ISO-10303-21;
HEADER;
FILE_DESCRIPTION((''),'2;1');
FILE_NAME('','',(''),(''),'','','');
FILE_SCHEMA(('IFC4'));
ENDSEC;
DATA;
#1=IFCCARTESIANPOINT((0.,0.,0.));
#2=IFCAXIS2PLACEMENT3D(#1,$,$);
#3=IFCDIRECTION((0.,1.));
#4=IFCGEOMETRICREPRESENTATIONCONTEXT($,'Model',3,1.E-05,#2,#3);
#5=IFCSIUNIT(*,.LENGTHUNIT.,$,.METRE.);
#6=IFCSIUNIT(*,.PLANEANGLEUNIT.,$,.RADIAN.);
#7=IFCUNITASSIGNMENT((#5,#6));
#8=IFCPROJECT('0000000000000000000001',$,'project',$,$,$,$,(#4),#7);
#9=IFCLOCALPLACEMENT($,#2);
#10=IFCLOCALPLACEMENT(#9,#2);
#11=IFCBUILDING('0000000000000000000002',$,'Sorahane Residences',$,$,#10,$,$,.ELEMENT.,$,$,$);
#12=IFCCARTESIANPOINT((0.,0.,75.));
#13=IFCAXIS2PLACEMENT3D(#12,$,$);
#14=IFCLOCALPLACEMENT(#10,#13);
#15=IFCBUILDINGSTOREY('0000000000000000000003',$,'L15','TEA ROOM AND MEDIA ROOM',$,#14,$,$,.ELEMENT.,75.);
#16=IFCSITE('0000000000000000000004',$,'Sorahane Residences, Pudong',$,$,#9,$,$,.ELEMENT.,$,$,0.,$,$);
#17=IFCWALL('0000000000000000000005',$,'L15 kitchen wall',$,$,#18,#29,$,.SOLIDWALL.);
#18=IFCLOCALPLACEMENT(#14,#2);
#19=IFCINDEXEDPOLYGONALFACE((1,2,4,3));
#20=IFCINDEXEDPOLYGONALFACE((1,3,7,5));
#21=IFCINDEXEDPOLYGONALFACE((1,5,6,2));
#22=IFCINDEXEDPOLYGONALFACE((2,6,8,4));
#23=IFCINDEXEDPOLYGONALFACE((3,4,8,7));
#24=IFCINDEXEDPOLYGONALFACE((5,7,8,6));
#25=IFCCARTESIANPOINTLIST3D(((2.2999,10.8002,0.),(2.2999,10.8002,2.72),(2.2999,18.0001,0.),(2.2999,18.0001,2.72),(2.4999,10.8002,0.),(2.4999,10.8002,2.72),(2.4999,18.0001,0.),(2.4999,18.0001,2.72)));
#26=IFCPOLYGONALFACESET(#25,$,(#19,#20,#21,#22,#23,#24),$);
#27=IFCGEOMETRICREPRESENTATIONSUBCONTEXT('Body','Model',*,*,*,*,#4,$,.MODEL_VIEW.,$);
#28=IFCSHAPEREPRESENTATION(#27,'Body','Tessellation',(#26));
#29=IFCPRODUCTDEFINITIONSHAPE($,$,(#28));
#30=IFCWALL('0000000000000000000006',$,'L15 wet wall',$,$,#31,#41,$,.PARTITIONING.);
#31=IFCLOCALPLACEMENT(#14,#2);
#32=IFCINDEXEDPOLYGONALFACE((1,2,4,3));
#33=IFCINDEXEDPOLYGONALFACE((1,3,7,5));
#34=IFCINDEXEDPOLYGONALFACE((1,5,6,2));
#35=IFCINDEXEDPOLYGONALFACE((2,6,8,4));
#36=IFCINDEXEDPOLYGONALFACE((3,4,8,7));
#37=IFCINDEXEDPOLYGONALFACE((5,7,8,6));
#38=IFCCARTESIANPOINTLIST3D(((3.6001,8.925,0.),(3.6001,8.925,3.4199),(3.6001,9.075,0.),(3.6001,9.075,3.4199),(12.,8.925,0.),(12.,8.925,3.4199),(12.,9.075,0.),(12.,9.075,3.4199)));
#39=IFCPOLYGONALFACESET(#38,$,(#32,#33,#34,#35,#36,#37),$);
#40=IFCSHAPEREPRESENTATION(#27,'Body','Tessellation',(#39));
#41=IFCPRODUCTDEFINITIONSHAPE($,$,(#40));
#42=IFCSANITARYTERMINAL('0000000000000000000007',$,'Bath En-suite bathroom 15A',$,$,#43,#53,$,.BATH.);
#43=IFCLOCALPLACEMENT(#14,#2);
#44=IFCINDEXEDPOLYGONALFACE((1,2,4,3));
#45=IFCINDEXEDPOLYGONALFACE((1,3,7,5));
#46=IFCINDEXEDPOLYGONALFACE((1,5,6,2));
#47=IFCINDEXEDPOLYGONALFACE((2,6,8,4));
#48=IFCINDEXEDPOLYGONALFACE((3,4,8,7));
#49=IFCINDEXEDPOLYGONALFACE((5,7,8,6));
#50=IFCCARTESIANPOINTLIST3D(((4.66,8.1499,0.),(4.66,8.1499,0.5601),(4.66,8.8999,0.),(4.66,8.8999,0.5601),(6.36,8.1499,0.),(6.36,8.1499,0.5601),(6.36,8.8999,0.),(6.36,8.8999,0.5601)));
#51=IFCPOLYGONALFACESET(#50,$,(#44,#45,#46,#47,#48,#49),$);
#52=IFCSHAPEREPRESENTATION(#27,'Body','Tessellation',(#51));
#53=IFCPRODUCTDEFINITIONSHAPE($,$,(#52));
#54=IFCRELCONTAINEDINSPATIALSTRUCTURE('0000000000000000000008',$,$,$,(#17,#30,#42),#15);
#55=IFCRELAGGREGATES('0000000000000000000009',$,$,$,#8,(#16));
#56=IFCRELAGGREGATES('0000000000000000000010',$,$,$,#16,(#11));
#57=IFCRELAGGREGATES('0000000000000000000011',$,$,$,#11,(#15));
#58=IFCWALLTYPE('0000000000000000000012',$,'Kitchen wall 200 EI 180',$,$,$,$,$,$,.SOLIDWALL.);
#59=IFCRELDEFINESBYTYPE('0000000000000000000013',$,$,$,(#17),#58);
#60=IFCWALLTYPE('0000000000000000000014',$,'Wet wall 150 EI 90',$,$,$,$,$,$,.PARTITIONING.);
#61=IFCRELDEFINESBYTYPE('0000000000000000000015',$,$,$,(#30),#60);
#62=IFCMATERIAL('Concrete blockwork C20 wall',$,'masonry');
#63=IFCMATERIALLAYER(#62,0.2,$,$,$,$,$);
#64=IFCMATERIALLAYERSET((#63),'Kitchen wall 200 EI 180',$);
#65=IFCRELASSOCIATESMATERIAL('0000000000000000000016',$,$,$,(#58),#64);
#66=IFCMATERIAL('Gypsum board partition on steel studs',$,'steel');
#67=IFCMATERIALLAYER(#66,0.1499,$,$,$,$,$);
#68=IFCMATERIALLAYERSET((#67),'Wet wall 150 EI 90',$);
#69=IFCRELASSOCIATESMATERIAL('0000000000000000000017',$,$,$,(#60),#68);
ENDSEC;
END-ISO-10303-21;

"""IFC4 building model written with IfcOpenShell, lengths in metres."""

from ifc_helpers import new_model, si_unit, direction, frame, frame_2d, origin, origin_2d, place, context, subcontext, project, spatial, rectangle, extrude, material, layer, layer_set, type_object, element, save


model = new_model("IFC4")

# Units and contexts
model_context = context("Model", 3, precision=1e-05, world=origin(), true_north=direction((0.0, 1.0)))
body_context = subcontext(model_context, "Body", "Model", "MODEL_VIEW")
ifc_project = project(units=[si_unit("LENGTHUNIT", "METRE"), si_unit("PLANEANGLEUNIT", "RADIAN")], contexts=[model_context])

# Site, building, storey
site_placement = place(None, origin())
site = spatial("IfcSite", under=ifc_project, at=site_placement, Name="Sorahane Residences, Pudong", CompositionType="ELEMENT", RefElevation=0.0)
building_placement = place(site_placement, origin())
building = spatial("IfcBuilding", under=site, at=building_placement, Name="Sorahane Residences", CompositionType="ELEMENT")
storey_placement = place(building_placement, frame((0.0, 0.0, 75.0)))
storey = spatial("IfcBuildingStorey", under=building, at=storey_placement, Name="L15", Description="TEA ROOM AND MEDIA ROOM", CompositionType="ELEMENT", Elevation=75.0)

# Wall
ifc_material_1 = material(Name="Concrete blockwork C20 wall", Category="masonry")
ifc_layer_1 = layer(ifc_material_1, 0.2)
ifc_layer_set_1 = layer_set([ifc_layer_1], Name="Kitchen wall 200 EI 180")
wall_type_1 = type_object("IfcWallType", Name="Kitchen wall 200 EI 180", PredefinedType="SOLIDWALL", material=ifc_layer_set_1)
wall_1_placement = place(storey_placement, frame((2.3999, 10.8, 0.0), z_axis=(0.0, 0.0, 1.0), x_axis=(0.0, 1.0, 0.0)))
element("IfcWall", 1, at=wall_1_placement, inside=storey, type_object=wall_type_1, Name="L15 kitchen wall", PredefinedType="SOLIDWALL", context=body_context, shape_type="SweptSolid", body=[
    extrude(rectangle(XDim=7.2, YDim=0.2, at=frame_2d((3.6001, 0.0))), origin(), (0.0, 0.0, 1.0), 2.72),
])

# Shared definitions
ifc_material_2 = material(Name="Gypsum board partition on steel studs", Category="steel")
ifc_layer_2 = layer(ifc_material_2, 0.1499)
ifc_layer_set_2 = layer_set([ifc_layer_2], Name="Wet wall 150 EI 90")
wall_type_2 = type_object("IfcWallType", Name="Wet wall 150 EI 90", PredefinedType="PARTITIONING", material=ifc_layer_set_2)

# Wall
wall_2_placement = place(storey_placement, frame((3.6001, 9.0, 0.0), z_axis=(0.0, 0.0, 1.0), x_axis=(1.0, 0.0, 0.0)))
element("IfcWall", 2, at=wall_2_placement, inside=storey, type_object=wall_type_2, Name="L15 wet wall", PredefinedType="PARTITIONING", context=body_context, shape_type="SweptSolid", body=[
    extrude(rectangle(XDim=8.3999, YDim=0.1499, at=frame_2d((4.2, 0.0))), origin(), (0.0, 0.0, 1.0), 3.4199),
])

# Sanitary terminal
sanitary_terminal_placement = place(storey_placement, frame((5.51, 8.5249, 0.0), z_axis=(0.0, 0.0, 1.0), x_axis=(1.0, 0.0, 0.0)))
element("IfcSanitaryTerminal", 3, at=sanitary_terminal_placement, inside=storey, Name="Bath En-suite bathroom 15A", PredefinedType="BATH", context=body_context, shape_type="SweptSolid", body=[
    extrude(rectangle(XDim=1.7, YDim=0.75, at=origin_2d()), origin(), (0.0, 0.0, 1.0), 0.5601),
])

save(model, "model.ifc")
